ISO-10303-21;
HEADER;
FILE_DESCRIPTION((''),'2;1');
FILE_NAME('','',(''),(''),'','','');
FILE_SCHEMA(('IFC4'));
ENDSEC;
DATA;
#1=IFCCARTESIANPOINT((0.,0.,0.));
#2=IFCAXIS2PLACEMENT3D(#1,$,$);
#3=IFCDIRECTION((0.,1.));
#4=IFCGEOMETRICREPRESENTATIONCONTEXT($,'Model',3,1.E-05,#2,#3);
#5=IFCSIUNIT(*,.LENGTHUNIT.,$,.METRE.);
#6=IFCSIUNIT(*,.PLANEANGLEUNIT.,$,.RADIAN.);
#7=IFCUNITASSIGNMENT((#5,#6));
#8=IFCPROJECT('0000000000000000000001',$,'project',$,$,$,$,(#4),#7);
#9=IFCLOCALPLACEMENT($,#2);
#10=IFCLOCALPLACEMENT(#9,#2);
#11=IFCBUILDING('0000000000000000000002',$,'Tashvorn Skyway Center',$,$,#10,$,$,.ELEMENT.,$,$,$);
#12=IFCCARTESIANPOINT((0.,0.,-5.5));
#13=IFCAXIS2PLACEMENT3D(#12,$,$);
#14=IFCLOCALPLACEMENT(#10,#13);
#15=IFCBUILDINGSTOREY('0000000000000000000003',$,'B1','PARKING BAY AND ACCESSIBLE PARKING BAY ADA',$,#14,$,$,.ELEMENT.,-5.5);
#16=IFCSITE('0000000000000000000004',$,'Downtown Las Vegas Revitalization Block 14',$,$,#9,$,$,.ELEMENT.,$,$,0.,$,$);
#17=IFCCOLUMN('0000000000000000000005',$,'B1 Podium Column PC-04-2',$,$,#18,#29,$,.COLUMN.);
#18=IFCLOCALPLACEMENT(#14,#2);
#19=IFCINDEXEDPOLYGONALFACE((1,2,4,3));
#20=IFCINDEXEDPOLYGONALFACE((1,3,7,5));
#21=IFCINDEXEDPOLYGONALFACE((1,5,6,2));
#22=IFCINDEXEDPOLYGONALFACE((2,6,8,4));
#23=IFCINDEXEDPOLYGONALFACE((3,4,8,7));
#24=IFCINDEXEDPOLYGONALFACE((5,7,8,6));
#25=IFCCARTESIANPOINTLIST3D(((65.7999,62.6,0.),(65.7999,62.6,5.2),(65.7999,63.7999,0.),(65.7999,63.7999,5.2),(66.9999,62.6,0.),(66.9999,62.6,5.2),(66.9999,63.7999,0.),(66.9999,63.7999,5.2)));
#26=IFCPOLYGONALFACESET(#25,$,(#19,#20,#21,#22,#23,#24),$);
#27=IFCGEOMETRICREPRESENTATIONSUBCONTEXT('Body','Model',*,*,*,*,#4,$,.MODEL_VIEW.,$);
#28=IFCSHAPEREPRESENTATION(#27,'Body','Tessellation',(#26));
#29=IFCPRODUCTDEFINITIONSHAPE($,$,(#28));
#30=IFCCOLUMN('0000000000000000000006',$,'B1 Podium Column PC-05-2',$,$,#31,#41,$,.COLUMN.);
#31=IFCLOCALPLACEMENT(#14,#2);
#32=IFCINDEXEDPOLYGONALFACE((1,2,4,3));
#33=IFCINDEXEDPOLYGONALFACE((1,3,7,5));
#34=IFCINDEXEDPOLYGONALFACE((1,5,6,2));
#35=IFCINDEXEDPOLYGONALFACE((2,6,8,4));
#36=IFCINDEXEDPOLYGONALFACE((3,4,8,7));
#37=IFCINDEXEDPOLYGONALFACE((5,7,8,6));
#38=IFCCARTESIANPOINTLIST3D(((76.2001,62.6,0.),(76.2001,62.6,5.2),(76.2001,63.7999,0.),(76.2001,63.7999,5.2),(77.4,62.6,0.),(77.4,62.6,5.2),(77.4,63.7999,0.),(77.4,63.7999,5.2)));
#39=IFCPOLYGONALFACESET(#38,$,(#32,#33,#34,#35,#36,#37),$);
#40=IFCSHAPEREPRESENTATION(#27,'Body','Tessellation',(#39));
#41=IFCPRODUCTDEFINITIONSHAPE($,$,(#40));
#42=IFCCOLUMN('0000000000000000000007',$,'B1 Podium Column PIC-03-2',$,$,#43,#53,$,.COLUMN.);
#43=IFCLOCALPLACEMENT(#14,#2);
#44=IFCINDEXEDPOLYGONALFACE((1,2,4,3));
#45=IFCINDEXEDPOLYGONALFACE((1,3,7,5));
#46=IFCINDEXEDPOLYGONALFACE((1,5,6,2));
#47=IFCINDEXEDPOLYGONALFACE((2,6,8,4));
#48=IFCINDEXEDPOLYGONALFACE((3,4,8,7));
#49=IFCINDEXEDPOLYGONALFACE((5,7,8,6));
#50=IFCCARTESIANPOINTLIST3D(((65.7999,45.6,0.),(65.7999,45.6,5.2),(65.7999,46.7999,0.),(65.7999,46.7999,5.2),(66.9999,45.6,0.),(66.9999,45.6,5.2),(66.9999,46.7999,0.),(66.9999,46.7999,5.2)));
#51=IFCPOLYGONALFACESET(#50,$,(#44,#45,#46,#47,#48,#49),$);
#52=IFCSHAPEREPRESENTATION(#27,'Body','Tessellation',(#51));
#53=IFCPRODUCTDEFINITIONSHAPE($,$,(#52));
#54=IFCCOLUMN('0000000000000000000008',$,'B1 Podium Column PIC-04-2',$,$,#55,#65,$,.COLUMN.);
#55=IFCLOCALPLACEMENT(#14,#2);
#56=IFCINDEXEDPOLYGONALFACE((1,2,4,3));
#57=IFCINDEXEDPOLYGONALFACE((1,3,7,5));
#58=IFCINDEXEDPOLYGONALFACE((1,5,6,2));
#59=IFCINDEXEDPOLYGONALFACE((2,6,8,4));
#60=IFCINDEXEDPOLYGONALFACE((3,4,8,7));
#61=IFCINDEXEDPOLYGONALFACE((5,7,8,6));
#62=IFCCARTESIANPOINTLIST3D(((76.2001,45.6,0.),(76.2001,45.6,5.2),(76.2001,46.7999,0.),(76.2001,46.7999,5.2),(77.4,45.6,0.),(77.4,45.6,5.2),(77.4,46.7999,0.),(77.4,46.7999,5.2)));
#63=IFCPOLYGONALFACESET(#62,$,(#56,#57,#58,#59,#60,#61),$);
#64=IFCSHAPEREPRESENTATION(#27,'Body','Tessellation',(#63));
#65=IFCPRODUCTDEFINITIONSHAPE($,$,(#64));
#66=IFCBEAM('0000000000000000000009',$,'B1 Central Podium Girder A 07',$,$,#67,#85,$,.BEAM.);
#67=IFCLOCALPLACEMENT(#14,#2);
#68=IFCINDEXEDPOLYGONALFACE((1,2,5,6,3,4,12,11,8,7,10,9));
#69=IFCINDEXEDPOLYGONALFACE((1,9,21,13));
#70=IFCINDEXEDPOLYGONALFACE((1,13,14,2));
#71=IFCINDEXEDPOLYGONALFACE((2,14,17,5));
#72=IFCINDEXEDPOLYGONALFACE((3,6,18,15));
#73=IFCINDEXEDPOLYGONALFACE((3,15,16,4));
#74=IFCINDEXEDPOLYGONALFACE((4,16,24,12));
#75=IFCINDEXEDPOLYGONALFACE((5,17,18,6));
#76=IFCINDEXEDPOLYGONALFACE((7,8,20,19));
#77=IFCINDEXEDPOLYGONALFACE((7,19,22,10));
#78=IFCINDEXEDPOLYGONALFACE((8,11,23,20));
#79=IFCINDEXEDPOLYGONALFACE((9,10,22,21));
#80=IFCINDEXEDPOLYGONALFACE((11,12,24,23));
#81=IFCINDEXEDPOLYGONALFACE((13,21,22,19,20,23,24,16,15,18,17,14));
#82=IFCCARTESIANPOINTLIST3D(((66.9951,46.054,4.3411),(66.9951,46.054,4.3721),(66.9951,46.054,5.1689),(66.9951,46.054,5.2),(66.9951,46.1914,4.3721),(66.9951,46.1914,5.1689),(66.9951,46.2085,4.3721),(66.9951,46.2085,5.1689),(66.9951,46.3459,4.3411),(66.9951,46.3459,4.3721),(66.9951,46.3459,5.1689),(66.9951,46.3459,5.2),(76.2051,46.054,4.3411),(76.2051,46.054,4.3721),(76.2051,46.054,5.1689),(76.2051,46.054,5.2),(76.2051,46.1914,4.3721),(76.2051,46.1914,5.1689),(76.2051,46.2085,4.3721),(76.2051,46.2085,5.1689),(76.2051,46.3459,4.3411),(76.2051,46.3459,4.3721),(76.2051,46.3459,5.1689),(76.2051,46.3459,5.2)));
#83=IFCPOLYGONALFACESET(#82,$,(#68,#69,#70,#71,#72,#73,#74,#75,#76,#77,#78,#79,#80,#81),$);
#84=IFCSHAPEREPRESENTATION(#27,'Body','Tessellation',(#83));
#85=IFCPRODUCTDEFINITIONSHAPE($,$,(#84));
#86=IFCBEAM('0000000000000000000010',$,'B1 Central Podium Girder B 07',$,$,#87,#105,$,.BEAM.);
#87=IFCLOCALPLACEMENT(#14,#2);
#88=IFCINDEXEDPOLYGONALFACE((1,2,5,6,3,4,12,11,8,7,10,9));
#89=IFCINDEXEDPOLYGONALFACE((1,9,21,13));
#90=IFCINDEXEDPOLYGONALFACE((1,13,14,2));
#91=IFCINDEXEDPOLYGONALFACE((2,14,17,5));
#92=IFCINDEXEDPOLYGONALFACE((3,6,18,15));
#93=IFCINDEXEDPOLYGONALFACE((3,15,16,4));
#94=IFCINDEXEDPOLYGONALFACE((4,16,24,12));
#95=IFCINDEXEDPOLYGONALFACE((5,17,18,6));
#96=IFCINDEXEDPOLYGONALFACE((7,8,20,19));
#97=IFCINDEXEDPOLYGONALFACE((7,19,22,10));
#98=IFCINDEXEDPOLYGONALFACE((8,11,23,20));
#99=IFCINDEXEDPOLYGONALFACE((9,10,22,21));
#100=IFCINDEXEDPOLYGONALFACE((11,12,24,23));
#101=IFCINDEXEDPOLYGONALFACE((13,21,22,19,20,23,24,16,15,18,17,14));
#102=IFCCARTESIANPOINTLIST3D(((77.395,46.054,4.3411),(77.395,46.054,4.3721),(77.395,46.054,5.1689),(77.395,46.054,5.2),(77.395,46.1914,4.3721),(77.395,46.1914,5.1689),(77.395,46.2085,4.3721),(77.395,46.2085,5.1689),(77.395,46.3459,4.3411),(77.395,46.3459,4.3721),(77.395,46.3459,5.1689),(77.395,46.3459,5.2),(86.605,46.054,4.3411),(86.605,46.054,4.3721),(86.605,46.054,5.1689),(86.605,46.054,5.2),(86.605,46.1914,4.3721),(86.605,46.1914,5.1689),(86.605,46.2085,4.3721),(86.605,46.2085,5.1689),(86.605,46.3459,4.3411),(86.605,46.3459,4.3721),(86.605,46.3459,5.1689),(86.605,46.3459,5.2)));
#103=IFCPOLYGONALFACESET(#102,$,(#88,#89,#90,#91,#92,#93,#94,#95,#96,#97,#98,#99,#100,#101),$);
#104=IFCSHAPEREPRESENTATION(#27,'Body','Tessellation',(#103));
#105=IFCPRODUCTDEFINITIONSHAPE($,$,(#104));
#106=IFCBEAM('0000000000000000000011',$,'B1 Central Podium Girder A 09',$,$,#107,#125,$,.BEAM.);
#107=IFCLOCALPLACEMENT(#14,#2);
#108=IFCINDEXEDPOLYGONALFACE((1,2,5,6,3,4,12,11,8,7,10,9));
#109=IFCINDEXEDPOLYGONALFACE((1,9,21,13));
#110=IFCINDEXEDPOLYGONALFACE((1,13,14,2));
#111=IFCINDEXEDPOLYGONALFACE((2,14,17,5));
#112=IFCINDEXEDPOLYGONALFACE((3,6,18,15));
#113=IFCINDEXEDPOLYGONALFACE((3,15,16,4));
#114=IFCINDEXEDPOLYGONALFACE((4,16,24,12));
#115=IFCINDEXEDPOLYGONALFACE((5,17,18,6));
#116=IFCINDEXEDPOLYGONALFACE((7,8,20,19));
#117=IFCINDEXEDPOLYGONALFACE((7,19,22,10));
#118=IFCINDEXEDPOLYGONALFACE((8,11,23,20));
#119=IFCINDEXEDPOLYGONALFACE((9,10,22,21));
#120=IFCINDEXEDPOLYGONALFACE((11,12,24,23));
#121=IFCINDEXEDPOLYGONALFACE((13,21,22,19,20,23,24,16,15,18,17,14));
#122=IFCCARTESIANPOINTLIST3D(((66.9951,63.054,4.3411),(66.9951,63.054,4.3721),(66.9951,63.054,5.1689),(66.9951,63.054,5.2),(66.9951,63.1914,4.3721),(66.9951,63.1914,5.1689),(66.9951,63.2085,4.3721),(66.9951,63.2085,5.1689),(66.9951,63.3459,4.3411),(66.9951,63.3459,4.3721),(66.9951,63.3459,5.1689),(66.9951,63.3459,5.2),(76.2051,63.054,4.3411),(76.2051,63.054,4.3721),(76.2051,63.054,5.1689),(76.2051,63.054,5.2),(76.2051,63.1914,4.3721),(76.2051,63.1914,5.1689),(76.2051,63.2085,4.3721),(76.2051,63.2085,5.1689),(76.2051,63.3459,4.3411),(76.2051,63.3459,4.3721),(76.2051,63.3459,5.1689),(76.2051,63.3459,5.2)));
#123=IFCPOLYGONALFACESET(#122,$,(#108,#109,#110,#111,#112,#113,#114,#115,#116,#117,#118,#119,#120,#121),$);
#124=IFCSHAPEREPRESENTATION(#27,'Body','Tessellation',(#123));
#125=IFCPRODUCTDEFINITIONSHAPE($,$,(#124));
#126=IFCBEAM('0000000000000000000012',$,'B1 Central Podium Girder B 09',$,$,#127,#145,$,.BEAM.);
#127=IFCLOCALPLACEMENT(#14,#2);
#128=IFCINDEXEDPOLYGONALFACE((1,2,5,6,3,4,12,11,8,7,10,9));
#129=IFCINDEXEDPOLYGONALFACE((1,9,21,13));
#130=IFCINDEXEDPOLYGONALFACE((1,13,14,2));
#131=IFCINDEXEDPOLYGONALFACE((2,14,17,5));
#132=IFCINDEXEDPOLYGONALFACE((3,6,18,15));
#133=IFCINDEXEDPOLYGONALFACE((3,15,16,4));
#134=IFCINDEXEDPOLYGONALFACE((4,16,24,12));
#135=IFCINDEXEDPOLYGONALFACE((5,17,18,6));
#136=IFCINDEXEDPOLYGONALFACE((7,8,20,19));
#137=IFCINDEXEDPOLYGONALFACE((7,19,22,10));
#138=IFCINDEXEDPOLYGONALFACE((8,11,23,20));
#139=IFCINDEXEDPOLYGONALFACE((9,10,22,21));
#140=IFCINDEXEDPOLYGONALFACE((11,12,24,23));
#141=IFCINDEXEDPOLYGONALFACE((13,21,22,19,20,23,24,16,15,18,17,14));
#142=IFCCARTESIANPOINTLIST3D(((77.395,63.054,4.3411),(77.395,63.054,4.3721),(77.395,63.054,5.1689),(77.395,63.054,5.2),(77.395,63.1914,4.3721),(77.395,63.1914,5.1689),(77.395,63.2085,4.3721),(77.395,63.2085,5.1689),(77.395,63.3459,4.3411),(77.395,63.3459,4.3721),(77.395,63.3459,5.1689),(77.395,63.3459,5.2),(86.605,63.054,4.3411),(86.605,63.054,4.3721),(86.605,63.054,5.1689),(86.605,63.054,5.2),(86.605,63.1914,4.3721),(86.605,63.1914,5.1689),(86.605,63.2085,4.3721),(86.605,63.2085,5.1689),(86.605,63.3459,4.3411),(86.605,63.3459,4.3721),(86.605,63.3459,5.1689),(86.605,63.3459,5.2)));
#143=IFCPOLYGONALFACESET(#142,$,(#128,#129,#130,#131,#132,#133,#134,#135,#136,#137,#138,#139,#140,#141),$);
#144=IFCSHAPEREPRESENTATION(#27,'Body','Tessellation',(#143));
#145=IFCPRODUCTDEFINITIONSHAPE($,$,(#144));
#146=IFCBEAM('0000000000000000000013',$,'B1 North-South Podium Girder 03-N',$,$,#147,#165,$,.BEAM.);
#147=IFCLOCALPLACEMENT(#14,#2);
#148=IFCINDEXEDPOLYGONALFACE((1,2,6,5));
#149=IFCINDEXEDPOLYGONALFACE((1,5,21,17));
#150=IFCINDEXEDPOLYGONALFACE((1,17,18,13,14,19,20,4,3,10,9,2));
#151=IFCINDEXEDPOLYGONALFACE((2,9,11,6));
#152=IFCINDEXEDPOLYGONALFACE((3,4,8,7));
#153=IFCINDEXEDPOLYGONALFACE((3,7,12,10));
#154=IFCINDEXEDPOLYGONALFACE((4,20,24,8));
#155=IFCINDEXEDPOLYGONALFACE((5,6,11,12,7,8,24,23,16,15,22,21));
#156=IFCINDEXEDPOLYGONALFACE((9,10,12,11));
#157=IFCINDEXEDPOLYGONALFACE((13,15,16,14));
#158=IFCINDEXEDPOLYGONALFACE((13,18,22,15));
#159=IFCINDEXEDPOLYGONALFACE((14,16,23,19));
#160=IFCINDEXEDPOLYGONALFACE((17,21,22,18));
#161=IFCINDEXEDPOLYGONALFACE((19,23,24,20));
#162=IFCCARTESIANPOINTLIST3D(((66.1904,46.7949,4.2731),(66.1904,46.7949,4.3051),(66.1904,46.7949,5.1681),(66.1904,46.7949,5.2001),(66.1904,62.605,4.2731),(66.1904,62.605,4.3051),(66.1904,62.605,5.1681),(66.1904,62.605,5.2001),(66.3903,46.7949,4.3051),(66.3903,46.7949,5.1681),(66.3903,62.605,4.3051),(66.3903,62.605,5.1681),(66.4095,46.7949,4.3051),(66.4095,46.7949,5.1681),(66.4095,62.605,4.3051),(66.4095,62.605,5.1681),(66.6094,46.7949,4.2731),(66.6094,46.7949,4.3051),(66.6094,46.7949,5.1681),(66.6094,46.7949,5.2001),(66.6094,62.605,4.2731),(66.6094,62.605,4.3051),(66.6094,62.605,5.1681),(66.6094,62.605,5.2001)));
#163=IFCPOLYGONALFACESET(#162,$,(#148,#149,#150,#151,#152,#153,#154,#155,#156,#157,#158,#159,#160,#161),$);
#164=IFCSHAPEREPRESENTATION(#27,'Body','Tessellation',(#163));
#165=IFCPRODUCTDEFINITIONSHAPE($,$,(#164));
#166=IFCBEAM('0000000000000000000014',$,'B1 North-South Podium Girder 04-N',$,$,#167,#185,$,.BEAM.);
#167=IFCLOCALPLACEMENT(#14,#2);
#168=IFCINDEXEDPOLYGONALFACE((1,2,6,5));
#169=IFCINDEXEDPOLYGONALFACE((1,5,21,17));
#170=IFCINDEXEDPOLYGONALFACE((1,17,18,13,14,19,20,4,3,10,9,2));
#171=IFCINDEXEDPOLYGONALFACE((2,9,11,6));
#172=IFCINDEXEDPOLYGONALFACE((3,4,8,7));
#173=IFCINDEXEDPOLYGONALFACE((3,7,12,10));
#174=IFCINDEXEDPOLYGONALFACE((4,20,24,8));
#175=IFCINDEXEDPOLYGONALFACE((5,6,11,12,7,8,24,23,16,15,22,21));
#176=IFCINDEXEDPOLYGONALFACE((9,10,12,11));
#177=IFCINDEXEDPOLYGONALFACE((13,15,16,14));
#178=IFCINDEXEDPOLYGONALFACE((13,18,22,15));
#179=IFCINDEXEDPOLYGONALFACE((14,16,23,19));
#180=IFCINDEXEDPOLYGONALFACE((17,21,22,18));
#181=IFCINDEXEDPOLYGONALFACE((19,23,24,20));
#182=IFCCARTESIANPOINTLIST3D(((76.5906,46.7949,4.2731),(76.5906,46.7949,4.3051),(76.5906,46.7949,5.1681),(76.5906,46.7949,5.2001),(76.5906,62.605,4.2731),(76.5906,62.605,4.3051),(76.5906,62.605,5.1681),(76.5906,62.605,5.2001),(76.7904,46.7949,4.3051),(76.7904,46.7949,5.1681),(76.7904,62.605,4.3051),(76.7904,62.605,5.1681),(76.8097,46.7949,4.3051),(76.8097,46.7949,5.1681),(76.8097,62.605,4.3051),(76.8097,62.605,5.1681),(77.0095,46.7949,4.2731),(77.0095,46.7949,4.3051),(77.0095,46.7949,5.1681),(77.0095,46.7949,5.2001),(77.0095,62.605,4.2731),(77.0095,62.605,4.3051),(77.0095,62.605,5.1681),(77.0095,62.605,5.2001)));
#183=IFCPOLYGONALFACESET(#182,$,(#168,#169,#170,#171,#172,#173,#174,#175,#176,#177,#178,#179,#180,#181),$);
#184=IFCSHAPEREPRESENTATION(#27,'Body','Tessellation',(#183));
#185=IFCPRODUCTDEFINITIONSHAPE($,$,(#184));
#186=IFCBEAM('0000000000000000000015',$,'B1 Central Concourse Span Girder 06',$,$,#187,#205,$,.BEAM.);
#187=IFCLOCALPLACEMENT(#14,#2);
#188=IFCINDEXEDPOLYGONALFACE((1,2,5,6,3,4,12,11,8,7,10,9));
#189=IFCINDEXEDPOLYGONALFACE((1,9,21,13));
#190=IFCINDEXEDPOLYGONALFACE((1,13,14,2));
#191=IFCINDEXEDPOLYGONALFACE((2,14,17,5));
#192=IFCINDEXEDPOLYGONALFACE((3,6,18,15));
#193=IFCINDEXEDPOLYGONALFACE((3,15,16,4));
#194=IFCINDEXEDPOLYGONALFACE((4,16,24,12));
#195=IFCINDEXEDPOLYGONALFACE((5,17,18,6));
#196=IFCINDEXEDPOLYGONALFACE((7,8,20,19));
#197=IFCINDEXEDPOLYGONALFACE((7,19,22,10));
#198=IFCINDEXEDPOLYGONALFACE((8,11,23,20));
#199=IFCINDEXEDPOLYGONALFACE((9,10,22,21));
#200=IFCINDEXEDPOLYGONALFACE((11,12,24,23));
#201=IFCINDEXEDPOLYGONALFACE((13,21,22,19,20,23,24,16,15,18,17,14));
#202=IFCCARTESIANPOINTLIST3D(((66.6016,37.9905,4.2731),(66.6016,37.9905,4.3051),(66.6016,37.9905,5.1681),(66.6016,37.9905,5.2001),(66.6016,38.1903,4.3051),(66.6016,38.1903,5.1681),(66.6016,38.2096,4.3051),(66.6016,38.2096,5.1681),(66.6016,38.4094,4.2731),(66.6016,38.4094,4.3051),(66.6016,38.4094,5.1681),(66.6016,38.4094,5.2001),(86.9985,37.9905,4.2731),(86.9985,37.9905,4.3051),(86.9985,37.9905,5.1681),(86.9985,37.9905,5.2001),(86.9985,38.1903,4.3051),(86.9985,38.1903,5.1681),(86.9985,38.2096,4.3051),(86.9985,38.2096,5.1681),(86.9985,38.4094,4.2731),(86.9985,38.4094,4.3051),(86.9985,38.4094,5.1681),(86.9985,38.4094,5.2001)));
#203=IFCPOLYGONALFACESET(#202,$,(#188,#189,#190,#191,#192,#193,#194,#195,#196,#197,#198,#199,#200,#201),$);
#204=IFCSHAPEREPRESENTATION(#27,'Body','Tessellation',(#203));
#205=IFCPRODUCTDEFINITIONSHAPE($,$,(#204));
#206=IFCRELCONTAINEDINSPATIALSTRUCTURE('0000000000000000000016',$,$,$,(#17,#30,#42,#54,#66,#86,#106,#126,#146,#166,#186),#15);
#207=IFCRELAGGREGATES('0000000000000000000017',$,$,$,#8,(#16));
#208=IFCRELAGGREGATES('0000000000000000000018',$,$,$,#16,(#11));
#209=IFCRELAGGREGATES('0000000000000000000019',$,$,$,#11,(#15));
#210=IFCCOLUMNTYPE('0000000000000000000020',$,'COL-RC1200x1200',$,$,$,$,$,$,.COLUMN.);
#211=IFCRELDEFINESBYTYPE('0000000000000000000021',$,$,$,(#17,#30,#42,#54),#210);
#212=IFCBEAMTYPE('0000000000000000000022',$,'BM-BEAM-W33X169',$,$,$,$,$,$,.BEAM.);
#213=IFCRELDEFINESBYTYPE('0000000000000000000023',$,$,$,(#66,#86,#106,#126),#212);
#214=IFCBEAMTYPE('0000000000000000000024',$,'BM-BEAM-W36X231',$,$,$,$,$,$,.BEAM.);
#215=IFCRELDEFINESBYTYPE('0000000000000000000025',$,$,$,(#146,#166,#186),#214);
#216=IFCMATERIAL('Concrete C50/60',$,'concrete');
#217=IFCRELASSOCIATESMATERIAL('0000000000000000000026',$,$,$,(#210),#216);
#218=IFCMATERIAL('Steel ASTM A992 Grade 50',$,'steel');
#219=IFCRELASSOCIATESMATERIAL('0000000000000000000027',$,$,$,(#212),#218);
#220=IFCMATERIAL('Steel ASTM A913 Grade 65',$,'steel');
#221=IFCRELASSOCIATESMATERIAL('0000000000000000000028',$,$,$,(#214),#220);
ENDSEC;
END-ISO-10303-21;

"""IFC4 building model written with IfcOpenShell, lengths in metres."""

from ifc_helpers import new_model, si_unit, direction, frame, origin, origin_2d, place, context, subcontext, project, spatial, rectangle, i_section, extrude, material, material_profile, profile_set, type_object, element, save


model = new_model("IFC4")

# Units and contexts
model_context = context("Model", 3, precision=1e-05, world=origin(), true_north=direction((0.0, 1.0)))
body_context = subcontext(model_context, "Body", "Model", "MODEL_VIEW")
ifc_project = project(units=[si_unit("LENGTHUNIT", "METRE"), si_unit("PLANEANGLEUNIT", "RADIAN")], contexts=[model_context])

# Site, building, storey
site_placement = place(None, origin())
site = spatial("IfcSite", under=ifc_project, at=site_placement, Name="Downtown Las Vegas Revitalization Block 14", CompositionType="ELEMENT", RefElevation=0.0)
building_placement = place(site_placement, origin())
building = spatial("IfcBuilding", under=site, at=building_placement, Name="Tashvorn Skyway Center", CompositionType="ELEMENT")
storey_placement = place(building_placement, frame((0.0, 0.0, -5.5)))
storey = spatial("IfcBuildingStorey", under=building, at=storey_placement, Name="B1", Description="PARKING BAY AND ACCESSIBLE PARKING BAY ADA", CompositionType="ELEMENT", Elevation=-5.5)

# Columns
ifc_material_1 = material(Name="Concrete C50/60", Category="concrete")
ifc_material_profile_1 = material_profile(ifc_material_1, rectangle(XDim=1.2, YDim=1.2, at=origin_2d()), Name="RC1200x1200")
ifc_profile_set_1 = profile_set([ifc_material_profile_1], Name="Concrete C50/60")
column_type = type_object("IfcColumnType", Name="COL-RC1200x1200", PredefinedType="COLUMN", material=ifc_profile_set_1)
for number, where, z_axis, x_axis, name in (
    (1, (66.3999, 63.2, 0.0), (0.0, 0.0, 1.0), (1.0, 0.0, 0.0), "B1 Podium Column PC-04-2"),
    (2, (76.8, 63.2, 0.0), (0.0, 0.0, 1.0), (1.0, 0.0, 0.0), "B1 Podium Column PC-05-2"),
    (3, (66.3999, 46.2, 0.0), (0.0, 0.0, 1.0), (1.0, 0.0, 0.0), "B1 Podium Column PIC-03-2"),
    (4, (76.8, 46.2, 0.0), (0.0, 0.0, 1.0), (1.0, 0.0, 0.0), "B1 Podium Column PIC-04-2"),
):
    element("IfcColumn", number, at=place(storey_placement, frame(where, z_axis=z_axis, x_axis=x_axis)), inside=storey, type_object=column_type, Name=name, PredefinedType="COLUMN", context=body_context, shape_type="SweptSolid", body=[
        extrude(rectangle(XDim=1.2, YDim=1.2, at=origin_2d()), origin(), (0.0, 0.0, 1.0), 5.2),
    ])

# Beams
ifc_material_2 = material(Name="Steel ASTM A992 Grade 50", Category="steel")
ifc_material_profile_2 = material_profile(ifc_material_2, i_section(OverallWidth=0.292, OverallDepth=0.8589, WebThickness=0.0171, FlangeThickness=0.031, at=origin_2d()), Name="W33X169")
ifc_profile_set_2 = profile_set([ifc_material_profile_2], Name="Steel ASTM A992 Grade 50")
beam_type_1 = type_object("IfcBeamType", Name="BM-BEAM-W33X169", PredefinedType="BEAM", material=ifc_profile_set_2)
for number, where, z_axis, x_axis, name in (
    (5, (66.9951, 46.2, 4.7705), (1.0, 0.0, 0.0), (0.0, 1.0, 0.0), "B1 Central Podium Girder A 07"),
    (6, (77.395, 46.2, 4.7705), (1.0, 0.0, 0.0), (0.0, 1.0, 0.0), "B1 Central Podium Girder B 07"),
    (7, (66.9951, 63.2, 4.7705), (1.0, 0.0, 0.0), (0.0, 1.0, 0.0), "B1 Central Podium Girder A 09"),
    (8, (77.395, 63.2, 4.7705), (1.0, 0.0, 0.0), (0.0, 1.0, 0.0), "B1 Central Podium Girder B 09"),
):
    element("IfcBeam", number, at=place(storey_placement, frame(where, z_axis=z_axis, x_axis=x_axis)), inside=storey, type_object=beam_type_1, Name=name, PredefinedType="BEAM", context=body_context, shape_type="SweptSolid", body=[
        extrude(i_section(OverallWidth=0.292, OverallDepth=0.8589, WebThickness=0.0171, FlangeThickness=0.031, at=origin_2d()), origin(), (0.0, 0.0, 1.0), 9.21),
    ])
ifc_material_3 = material(Name="Steel ASTM A913 Grade 65", Category="steel")
ifc_material_profile_3 = material_profile(ifc_material_3, i_section(OverallWidth=0.4189, OverallDepth=0.927, WebThickness=0.0193, FlangeThickness=0.032, at=origin_2d()), Name="W36X231")
ifc_profile_set_3 = profile_set([ifc_material_profile_3], Name="Steel ASTM A913 Grade 65")
beam_type_2 = type_object("IfcBeamType", Name="BM-BEAM-W36X231", PredefinedType="BEAM", material=ifc_profile_set_3)
for number, where, z_axis, x_axis, name in (
    (9, (66.3999, 46.7949, 4.7366), (0.0, 1.0, 0.0), (-1.0, 0.0, 0.0), "B1 North-South Podium Girder 03-N"),
    (10, (76.8, 46.7949, 4.7366), (0.0, 1.0, 0.0), (-1.0, 0.0, 0.0), "B1 North-South Podium Girder 04-N"),
):
    element("IfcBeam", number, at=place(storey_placement, frame(where, z_axis=z_axis, x_axis=x_axis)), inside=storey, type_object=beam_type_2, Name=name, PredefinedType="BEAM", context=body_context, shape_type="SweptSolid", body=[
        extrude(i_section(OverallWidth=0.4189, OverallDepth=0.927, WebThickness=0.0193, FlangeThickness=0.032, at=origin_2d()), origin(), (0.0, 0.0, 1.0), 15.8101),
    ])
for number, where, z_axis, x_axis, name in (
    (11, (66.6016, 38.2, 4.7366), (1.0, 0.0, 0.0), (0.0, 1.0, 0.0), "B1 Central Concourse Span Girder 06"),
):
    element("IfcBeam", number, at=place(storey_placement, frame(where, z_axis=z_axis, x_axis=x_axis)), inside=storey, type_object=beam_type_2, Name=name, PredefinedType="BEAM", context=body_context, shape_type="SweptSolid", body=[
        extrude(i_section(OverallWidth=0.4189, OverallDepth=0.927, WebThickness=0.0193, FlangeThickness=0.032, at=origin_2d()), origin(), (0.0, 0.0, 1.0), 20.397),
    ])

save(model, "model.ifc")
